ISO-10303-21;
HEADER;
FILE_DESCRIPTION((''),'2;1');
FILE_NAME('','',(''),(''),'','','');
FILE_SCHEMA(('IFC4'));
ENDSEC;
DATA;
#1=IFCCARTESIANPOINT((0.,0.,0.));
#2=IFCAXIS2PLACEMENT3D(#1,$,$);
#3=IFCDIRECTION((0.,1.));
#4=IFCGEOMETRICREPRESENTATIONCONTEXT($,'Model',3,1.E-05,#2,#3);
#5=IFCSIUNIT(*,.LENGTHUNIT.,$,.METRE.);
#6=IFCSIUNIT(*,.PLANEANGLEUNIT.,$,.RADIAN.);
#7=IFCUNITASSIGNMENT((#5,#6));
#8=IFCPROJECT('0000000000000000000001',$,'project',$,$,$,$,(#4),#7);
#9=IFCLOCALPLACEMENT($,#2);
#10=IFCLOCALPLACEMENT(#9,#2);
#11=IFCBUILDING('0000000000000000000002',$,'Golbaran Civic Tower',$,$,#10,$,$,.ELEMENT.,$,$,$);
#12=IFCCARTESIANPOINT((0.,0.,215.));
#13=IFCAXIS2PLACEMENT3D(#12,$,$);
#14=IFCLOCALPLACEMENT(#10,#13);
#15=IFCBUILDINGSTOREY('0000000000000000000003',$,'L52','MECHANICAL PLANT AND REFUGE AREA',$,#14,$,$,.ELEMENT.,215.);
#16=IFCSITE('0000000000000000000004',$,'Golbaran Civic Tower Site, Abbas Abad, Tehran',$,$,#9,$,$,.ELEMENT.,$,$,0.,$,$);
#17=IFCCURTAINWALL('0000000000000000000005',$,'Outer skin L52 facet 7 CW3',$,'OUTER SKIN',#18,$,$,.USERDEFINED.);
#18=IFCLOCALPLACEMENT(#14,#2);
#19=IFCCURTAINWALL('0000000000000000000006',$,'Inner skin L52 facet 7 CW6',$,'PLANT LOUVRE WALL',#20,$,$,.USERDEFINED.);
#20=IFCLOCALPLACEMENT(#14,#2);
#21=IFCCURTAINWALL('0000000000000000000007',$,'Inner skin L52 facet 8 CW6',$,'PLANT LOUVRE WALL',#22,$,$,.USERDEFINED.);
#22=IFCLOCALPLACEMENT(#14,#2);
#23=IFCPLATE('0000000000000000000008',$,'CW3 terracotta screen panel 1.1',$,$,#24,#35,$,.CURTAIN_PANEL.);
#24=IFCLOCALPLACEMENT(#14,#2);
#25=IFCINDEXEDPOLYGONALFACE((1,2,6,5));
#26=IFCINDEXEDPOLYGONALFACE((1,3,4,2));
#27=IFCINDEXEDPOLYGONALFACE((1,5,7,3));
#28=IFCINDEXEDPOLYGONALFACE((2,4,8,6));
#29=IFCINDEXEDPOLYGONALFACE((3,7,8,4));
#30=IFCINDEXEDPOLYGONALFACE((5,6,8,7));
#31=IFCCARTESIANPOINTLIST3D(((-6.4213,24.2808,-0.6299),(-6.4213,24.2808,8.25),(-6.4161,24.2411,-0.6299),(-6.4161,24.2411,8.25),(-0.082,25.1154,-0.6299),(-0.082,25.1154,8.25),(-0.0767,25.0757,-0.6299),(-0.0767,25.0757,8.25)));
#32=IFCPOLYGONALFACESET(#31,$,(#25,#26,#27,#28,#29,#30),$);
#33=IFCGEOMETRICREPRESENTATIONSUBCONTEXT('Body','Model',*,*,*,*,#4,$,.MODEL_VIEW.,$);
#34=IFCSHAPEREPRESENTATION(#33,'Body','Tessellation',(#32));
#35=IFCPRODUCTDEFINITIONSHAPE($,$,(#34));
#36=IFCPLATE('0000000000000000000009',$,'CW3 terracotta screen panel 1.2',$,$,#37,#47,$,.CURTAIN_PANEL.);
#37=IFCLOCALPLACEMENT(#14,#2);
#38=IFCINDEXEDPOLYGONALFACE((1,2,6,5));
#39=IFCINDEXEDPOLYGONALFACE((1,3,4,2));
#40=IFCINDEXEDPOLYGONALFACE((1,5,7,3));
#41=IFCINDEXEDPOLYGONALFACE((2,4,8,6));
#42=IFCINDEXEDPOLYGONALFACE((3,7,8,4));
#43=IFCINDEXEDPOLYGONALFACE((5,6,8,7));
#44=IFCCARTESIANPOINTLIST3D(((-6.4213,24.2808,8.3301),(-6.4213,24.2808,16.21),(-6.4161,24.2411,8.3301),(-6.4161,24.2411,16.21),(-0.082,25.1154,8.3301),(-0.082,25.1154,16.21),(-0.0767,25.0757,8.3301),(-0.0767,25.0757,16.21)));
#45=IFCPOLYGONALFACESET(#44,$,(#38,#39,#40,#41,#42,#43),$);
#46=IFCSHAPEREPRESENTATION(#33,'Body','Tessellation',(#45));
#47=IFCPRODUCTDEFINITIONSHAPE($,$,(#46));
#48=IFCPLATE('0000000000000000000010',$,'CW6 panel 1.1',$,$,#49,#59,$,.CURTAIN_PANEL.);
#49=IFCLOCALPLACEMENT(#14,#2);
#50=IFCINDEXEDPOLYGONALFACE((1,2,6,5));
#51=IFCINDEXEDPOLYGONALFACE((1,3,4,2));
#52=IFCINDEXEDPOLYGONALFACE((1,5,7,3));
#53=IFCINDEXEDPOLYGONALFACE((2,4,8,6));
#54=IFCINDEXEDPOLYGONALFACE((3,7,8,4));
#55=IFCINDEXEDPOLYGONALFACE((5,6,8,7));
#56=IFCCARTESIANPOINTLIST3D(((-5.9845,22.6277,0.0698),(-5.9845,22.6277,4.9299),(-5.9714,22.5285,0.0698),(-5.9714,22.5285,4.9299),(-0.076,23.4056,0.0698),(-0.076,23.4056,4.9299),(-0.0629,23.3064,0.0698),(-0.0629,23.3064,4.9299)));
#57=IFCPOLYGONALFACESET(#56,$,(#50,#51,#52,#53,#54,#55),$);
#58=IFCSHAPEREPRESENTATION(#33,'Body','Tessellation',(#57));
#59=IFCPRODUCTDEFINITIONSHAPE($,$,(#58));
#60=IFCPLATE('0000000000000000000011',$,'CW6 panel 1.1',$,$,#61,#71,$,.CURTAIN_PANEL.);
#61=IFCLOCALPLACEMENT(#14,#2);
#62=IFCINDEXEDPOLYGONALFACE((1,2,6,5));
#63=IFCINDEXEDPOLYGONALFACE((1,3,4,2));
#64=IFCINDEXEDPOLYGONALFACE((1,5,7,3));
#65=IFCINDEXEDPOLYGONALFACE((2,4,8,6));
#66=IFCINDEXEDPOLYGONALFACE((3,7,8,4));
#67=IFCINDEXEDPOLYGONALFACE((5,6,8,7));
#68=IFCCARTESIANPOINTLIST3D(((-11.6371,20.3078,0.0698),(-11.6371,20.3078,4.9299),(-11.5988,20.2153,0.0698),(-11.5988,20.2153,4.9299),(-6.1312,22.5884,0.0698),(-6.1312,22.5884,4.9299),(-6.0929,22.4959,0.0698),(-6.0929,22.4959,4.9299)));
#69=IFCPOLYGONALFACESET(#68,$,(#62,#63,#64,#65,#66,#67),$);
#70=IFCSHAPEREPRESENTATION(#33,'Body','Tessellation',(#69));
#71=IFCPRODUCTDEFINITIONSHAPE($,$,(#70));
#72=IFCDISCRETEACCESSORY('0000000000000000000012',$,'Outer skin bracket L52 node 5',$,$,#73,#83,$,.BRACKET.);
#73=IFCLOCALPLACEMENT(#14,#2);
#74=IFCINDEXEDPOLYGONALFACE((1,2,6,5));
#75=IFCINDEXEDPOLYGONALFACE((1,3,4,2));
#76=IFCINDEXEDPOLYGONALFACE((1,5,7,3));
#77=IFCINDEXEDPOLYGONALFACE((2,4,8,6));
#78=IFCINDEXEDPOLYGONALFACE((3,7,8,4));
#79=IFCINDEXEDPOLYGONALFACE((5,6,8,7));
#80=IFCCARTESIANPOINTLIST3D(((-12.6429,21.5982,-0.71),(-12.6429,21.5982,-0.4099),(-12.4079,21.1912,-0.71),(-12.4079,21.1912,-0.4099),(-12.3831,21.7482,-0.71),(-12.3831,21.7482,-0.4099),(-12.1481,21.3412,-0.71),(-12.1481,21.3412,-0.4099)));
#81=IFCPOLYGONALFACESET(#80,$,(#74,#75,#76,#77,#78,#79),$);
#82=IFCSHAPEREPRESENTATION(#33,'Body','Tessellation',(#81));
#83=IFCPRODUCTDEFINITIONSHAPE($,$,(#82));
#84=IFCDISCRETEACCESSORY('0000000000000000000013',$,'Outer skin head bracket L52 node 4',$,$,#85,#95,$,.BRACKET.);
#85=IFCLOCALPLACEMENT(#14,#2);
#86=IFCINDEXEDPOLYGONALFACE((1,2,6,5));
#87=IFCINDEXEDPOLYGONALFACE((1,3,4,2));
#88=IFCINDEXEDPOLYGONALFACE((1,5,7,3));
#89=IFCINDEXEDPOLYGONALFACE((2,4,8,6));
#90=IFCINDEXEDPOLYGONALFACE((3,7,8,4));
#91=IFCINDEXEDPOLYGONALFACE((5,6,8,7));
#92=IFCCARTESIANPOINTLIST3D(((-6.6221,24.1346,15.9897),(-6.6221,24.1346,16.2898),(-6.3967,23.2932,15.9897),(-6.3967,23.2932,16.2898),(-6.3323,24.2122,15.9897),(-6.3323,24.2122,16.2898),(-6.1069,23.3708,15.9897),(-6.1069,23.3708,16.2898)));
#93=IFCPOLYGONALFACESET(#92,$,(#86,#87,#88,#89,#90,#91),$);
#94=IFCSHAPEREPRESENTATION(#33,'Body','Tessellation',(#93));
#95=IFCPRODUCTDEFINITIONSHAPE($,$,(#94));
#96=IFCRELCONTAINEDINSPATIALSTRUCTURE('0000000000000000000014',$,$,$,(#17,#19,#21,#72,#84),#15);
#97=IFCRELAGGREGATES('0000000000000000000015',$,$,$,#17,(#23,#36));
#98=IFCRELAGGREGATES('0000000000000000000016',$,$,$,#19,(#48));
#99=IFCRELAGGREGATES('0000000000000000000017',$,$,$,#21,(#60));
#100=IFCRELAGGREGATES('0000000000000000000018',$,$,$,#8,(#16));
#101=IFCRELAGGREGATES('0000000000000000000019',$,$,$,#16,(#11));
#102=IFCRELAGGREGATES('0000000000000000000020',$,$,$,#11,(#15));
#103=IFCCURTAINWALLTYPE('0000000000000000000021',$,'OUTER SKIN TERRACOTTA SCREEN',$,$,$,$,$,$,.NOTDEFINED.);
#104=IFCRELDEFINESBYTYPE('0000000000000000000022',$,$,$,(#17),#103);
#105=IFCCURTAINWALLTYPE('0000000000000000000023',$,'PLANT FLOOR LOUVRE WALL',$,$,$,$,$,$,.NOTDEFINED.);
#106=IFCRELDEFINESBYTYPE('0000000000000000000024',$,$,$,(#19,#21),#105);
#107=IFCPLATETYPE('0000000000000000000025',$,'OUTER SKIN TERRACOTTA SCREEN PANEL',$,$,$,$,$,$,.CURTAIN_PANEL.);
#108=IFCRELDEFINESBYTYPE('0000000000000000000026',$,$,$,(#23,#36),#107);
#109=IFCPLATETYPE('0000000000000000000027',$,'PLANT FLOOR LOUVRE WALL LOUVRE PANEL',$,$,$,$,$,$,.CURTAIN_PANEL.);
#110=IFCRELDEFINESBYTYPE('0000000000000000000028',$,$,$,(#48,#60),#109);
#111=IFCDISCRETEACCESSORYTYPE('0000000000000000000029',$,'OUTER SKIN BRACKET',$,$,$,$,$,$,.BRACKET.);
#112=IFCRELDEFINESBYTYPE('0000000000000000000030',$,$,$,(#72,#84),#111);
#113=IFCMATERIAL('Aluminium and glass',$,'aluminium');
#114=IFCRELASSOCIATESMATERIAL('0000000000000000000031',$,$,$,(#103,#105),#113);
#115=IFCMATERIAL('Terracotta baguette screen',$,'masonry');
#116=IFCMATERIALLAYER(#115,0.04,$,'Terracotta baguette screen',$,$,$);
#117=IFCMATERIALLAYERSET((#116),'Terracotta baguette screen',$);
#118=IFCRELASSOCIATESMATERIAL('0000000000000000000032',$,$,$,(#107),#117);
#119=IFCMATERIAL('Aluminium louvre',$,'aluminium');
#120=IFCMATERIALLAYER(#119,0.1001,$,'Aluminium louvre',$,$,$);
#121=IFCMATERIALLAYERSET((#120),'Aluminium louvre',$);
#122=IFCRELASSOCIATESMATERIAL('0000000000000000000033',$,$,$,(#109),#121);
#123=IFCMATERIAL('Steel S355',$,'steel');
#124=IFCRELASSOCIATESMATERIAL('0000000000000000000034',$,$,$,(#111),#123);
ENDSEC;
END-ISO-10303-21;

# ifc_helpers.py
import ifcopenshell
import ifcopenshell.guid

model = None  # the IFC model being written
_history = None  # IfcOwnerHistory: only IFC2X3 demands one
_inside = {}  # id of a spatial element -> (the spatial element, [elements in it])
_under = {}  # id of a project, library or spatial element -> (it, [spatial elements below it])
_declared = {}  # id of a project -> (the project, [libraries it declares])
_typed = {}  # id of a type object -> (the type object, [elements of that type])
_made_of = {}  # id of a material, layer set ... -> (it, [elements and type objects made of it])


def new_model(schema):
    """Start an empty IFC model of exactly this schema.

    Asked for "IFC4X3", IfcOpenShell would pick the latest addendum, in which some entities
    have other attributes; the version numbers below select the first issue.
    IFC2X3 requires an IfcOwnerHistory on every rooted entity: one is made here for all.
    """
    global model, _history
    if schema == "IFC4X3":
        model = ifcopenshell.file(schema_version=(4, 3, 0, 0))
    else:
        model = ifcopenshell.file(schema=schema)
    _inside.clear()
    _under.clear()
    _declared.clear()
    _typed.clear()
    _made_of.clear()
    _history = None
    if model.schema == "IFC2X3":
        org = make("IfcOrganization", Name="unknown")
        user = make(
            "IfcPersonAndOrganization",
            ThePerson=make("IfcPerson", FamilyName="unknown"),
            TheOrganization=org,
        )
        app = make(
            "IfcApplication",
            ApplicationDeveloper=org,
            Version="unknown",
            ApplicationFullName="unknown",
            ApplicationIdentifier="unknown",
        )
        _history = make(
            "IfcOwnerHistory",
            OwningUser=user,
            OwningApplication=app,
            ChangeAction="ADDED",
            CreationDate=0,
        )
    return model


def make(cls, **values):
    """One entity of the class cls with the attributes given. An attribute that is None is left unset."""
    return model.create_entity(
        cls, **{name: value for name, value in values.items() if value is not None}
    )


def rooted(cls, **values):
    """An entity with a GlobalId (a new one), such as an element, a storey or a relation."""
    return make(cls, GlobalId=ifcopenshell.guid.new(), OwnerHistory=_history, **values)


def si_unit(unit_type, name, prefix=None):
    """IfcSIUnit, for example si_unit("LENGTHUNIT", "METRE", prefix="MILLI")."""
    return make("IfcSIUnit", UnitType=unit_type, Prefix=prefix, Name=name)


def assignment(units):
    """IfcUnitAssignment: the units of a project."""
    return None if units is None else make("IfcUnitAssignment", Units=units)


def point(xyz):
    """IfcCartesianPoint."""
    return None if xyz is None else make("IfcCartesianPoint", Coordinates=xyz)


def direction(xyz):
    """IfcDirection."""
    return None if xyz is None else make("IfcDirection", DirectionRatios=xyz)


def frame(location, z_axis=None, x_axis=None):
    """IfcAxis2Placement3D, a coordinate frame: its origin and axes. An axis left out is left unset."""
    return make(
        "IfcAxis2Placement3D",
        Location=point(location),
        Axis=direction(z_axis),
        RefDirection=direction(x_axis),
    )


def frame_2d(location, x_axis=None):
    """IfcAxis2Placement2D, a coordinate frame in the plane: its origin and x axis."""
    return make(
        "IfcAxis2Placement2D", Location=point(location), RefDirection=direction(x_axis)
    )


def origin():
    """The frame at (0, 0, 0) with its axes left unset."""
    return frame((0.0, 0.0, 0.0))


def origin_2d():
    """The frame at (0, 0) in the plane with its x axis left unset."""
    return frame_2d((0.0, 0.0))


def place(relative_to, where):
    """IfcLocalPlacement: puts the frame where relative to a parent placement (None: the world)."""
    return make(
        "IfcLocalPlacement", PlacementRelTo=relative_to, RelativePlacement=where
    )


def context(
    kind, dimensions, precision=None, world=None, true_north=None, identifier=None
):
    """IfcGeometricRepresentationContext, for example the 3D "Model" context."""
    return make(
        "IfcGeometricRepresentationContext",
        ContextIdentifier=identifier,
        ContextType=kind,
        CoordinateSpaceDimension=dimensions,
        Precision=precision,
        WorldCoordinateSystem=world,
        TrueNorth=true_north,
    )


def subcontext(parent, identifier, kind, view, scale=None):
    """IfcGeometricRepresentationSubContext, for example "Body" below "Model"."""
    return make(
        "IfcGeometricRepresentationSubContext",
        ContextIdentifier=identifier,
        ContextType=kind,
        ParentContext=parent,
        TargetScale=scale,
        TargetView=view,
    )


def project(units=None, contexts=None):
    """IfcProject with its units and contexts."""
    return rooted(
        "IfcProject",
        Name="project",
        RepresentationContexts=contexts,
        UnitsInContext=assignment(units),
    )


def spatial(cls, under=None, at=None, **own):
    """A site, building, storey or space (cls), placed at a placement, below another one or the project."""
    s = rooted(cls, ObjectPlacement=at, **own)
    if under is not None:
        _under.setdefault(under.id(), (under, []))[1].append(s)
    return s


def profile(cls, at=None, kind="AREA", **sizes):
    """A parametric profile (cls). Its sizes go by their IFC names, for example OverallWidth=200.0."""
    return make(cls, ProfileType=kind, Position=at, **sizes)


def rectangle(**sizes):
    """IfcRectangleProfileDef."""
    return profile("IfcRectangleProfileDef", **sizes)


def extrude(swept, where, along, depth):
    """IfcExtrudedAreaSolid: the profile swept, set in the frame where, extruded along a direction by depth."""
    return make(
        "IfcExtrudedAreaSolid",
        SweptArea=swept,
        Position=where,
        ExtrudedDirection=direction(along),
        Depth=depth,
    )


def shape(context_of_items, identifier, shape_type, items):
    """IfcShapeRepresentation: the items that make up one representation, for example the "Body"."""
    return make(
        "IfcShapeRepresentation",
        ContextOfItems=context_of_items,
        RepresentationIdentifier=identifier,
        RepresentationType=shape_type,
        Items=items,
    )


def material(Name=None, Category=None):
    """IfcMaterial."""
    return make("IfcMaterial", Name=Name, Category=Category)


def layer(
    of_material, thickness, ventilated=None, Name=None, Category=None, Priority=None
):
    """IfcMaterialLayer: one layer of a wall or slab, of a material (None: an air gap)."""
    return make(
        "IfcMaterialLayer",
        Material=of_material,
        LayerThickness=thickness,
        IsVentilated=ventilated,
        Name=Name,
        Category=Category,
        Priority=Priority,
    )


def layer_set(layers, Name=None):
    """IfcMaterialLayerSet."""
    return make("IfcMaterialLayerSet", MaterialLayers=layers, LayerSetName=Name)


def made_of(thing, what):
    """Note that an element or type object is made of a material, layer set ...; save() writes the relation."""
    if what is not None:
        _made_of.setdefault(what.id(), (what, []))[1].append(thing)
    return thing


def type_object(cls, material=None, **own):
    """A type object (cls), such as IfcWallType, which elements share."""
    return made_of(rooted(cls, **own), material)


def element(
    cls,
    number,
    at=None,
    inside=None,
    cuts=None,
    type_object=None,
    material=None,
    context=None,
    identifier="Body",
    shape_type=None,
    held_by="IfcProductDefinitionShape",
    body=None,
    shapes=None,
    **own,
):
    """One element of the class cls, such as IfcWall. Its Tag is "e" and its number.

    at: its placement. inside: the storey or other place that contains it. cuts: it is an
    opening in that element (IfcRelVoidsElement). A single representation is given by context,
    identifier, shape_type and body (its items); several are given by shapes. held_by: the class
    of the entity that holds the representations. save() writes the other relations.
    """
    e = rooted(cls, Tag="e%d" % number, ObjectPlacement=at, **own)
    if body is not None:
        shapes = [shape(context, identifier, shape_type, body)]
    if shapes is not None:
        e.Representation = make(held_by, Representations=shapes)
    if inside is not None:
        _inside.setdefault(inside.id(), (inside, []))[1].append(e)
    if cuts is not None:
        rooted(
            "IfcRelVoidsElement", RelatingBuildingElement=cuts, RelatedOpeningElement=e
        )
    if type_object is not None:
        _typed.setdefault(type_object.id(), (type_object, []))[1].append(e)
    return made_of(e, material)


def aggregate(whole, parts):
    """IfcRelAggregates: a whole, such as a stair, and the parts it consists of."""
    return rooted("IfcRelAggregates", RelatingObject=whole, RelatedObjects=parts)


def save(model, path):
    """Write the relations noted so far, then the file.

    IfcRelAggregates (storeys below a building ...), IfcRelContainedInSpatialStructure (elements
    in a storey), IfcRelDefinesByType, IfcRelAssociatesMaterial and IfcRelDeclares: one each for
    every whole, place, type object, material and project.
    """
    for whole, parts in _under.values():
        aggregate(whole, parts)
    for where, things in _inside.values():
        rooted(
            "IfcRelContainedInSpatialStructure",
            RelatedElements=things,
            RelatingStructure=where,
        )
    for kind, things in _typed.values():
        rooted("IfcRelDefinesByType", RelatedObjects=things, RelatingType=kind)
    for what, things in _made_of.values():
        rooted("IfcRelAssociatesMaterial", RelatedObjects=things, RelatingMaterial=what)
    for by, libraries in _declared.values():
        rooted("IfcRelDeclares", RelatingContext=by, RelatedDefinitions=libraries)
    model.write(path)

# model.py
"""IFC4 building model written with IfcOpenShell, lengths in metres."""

from ifc_helpers import new_model, si_unit, direction, frame, origin, origin_2d, place, context, subcontext, project, spatial, rectangle, extrude, material, layer, layer_set, type_object, element, aggregate, save


model = new_model("IFC4")

# Units and contexts
model_context = context("Model", 3, precision=1e-05, world=origin(), true_north=direction((0.0, 1.0)))
body_context = subcontext(model_context, "Body", "Model", "MODEL_VIEW")
ifc_project = project(units=[si_unit("LENGTHUNIT", "METRE"), si_unit("PLANEANGLEUNIT", "RADIAN")], contexts=[model_context])

# Site, building, storey
site_placement = place(None, origin())
site = spatial("IfcSite", under=ifc_project, at=site_placement, Name="Golbaran Civic Tower Site, Abbas Abad, Tehran", CompositionType="ELEMENT", RefElevation=0.0)
building_placement = place(site_placement, origin())
building = spatial("IfcBuilding", under=site, at=building_placement, Name="Golbaran Civic Tower", CompositionType="ELEMENT")
storey_placement = place(building_placement, frame((0.0, 0.0, 215.0)))
storey = spatial("IfcBuildingStorey", under=building, at=storey_placement, Name="L52", Description="MECHANICAL PLANT AND REFUGE AREA", CompositionType="ELEMENT", Elevation=215.0)

# Shared definitions
ifc_material_1 = material(Name="Steel S355", Category="steel")

# Curtain wall
ifc_material_2 = material(Name="Aluminium and glass", Category="aluminium")
curtain_wall_type_1 = type_object("IfcCurtainWallType", Name="OUTER SKIN TERRACOTTA SCREEN", PredefinedType="NOTDEFINED", material=ifc_material_2)
curtain_wall_1_placement = place(storey_placement, origin())
curtain_wall_1 = element("IfcCurtainWall", 1, at=curtain_wall_1_placement, inside=storey, type_object=curtain_wall_type_1, Name="Outer skin L52 facet 7 CW3", ObjectType="OUTER SKIN", PredefinedType="USERDEFINED")

# Curtain wall
curtain_wall_type_2 = type_object("IfcCurtainWallType", Name="PLANT FLOOR LOUVRE WALL", PredefinedType="NOTDEFINED", material=ifc_material_2)
curtain_wall_2_placement = place(storey_placement, origin())
curtain_wall_2 = element("IfcCurtainWall", 2, at=curtain_wall_2_placement, inside=storey, type_object=curtain_wall_type_2, Name="Inner skin L52 facet 7 CW6", ObjectType="PLANT LOUVRE WALL", PredefinedType="USERDEFINED")

# Curtain wall
curtain_wall_3_placement = place(storey_placement, origin())
curtain_wall_3 = element("IfcCurtainWall", 3, at=curtain_wall_3_placement, inside=storey, type_object=curtain_wall_type_2, Name="Inner skin L52 facet 8 CW6", ObjectType="PLANT LOUVRE WALL", PredefinedType="USERDEFINED")

# Plates
ifc_material_3 = material(Name="Terracotta baguette screen", Category="masonry")
ifc_layer_1 = layer(ifc_material_3, 0.04, Name="Terracotta baguette screen")
ifc_layer_set_1 = layer_set([ifc_layer_1], Name="Terracotta baguette screen")
plate_type_1 = type_object("IfcPlateType", Name="OUTER SKIN TERRACOTTA SCREEN PANEL", PredefinedType="CURTAIN_PANEL", material=ifc_layer_set_1)
plate_1_placement = place(storey_placement, frame((-3.249, 24.6782, -0.6299), z_axis=(0.0, 0.0, 1.0), x_axis=(-0.991445, -0.130526, 0.0)))
plate_1 = element("IfcPlate", 4, at=plate_1_placement, type_object=plate_type_1, Name="CW3 terracotta screen panel 1.1", PredefinedType="CURTAIN_PANEL", context=body_context, shape_type="SweptSolid", body=[
    extrude(rectangle(XDim=6.394, YDim=0.04, at=origin_2d()), origin(), (0.0, 0.0, 1.0), 8.8799),
])
plate_2_placement = place(storey_placement, frame((-3.249, 24.6782, 8.3301), z_axis=(0.0, 0.0, 1.0), x_axis=(-0.991445, -0.130526, 0.0)))
plate_2 = element("IfcPlate", 5, at=plate_2_placement, type_object=plate_type_1, Name="CW3 terracotta screen panel 1.2", PredefinedType="CURTAIN_PANEL", context=body_context, shape_type="SweptSolid", body=[
    extrude(rectangle(XDim=6.394, YDim=0.04, at=origin_2d()), origin(), (0.0, 0.0, 1.0), 7.8799),
])
aggregate(curtain_wall_1, [plate_1, plate_2])
ifc_material_4 = material(Name="Aluminium louvre", Category="aluminium")
ifc_layer_2 = layer(ifc_material_4, 0.1001, Name="Aluminium louvre")
ifc_layer_set_2 = layer_set([ifc_layer_2], Name="Aluminium louvre")
plate_type_2 = type_object("IfcPlateType", Name="PLANT FLOOR LOUVRE WALL LOUVRE PANEL", PredefinedType="CURTAIN_PANEL", material=ifc_layer_set_2)
plate_3_placement = place(storey_placement, frame((-3.0237, 22.967, 0.0698), z_axis=(0.0, 0.0, 1.0), x_axis=(-0.991445, -0.130526, 0.0)))
plate_3 = element("IfcPlate", 6, at=plate_3_placement, type_object=plate_type_2, Name="CW6 panel 1.1", PredefinedType="CURTAIN_PANEL", context=body_context, shape_type="SweptSolid", body=[
    extrude(rectangle(XDim=5.9595, YDim=0.1001, at=origin_2d()), origin(), (0.0, 0.0, 1.0), 4.8601),
])
aggregate(curtain_wall_2, [plate_3])
plate_4_placement = place(storey_placement, frame((-8.865, 21.4019, 0.0698), z_axis=(0.0, 0.0, 1.0), x_axis=(-0.92388, -0.382683, 0.0)))
plate_4 = element("IfcPlate", 7, at=plate_4_placement, type_object=plate_type_2, Name="CW6 panel 1.1", PredefinedType="CURTAIN_PANEL", context=body_context, shape_type="SweptSolid", body=[
    extrude(rectangle(XDim=5.9595, YDim=0.1001, at=origin_2d()), origin(), (0.0, 0.0, 1.0), 4.8601),
])
aggregate(curtain_wall_3, [plate_4])

# Discrete accessories
discrete_accessory_type = type_object("IfcDiscreteAccessoryType", Name="OUTER SKIN BRACKET", PredefinedType="BRACKET", material=ifc_material_1)
discrete_accessory_1_placement = place(storey_placement, frame((-12.3955, 21.4697, -0.71), z_axis=(0.0, 0.0, 1.0), x_axis=(-0.5, 0.866025, 0.0)))
element("IfcDiscreteAccessory", 8, at=discrete_accessory_1_placement, inside=storey, type_object=discrete_accessory_type, Name="Outer skin bracket L52 node 5", PredefinedType="BRACKET", context=body_context, shape_type="SweptSolid", body=[
    extrude(rectangle(XDim=0.47, YDim=0.3, at=origin_2d()), origin(), (0.0, 0.0, 1.0), 0.3),
])
discrete_accessory_2_placement = place(storey_placement, frame((-6.3645, 23.7527, 15.9897), z_axis=(0.0, 0.0, 1.0), x_axis=(-0.258819, 0.965926, 0.0)))
element("IfcDiscreteAccessory", 9, at=discrete_accessory_2_placement, inside=storey, type_object=discrete_accessory_type, Name="Outer skin head bracket L52 node 4", PredefinedType="BRACKET", context=body_context, shape_type="SweptSolid", body=[
    extrude(rectangle(XDim=0.8711, YDim=0.3, at=origin_2d()), origin(), (0.0, 0.0, 1.0), 0.3),
])

save(model, "model.ifc")
